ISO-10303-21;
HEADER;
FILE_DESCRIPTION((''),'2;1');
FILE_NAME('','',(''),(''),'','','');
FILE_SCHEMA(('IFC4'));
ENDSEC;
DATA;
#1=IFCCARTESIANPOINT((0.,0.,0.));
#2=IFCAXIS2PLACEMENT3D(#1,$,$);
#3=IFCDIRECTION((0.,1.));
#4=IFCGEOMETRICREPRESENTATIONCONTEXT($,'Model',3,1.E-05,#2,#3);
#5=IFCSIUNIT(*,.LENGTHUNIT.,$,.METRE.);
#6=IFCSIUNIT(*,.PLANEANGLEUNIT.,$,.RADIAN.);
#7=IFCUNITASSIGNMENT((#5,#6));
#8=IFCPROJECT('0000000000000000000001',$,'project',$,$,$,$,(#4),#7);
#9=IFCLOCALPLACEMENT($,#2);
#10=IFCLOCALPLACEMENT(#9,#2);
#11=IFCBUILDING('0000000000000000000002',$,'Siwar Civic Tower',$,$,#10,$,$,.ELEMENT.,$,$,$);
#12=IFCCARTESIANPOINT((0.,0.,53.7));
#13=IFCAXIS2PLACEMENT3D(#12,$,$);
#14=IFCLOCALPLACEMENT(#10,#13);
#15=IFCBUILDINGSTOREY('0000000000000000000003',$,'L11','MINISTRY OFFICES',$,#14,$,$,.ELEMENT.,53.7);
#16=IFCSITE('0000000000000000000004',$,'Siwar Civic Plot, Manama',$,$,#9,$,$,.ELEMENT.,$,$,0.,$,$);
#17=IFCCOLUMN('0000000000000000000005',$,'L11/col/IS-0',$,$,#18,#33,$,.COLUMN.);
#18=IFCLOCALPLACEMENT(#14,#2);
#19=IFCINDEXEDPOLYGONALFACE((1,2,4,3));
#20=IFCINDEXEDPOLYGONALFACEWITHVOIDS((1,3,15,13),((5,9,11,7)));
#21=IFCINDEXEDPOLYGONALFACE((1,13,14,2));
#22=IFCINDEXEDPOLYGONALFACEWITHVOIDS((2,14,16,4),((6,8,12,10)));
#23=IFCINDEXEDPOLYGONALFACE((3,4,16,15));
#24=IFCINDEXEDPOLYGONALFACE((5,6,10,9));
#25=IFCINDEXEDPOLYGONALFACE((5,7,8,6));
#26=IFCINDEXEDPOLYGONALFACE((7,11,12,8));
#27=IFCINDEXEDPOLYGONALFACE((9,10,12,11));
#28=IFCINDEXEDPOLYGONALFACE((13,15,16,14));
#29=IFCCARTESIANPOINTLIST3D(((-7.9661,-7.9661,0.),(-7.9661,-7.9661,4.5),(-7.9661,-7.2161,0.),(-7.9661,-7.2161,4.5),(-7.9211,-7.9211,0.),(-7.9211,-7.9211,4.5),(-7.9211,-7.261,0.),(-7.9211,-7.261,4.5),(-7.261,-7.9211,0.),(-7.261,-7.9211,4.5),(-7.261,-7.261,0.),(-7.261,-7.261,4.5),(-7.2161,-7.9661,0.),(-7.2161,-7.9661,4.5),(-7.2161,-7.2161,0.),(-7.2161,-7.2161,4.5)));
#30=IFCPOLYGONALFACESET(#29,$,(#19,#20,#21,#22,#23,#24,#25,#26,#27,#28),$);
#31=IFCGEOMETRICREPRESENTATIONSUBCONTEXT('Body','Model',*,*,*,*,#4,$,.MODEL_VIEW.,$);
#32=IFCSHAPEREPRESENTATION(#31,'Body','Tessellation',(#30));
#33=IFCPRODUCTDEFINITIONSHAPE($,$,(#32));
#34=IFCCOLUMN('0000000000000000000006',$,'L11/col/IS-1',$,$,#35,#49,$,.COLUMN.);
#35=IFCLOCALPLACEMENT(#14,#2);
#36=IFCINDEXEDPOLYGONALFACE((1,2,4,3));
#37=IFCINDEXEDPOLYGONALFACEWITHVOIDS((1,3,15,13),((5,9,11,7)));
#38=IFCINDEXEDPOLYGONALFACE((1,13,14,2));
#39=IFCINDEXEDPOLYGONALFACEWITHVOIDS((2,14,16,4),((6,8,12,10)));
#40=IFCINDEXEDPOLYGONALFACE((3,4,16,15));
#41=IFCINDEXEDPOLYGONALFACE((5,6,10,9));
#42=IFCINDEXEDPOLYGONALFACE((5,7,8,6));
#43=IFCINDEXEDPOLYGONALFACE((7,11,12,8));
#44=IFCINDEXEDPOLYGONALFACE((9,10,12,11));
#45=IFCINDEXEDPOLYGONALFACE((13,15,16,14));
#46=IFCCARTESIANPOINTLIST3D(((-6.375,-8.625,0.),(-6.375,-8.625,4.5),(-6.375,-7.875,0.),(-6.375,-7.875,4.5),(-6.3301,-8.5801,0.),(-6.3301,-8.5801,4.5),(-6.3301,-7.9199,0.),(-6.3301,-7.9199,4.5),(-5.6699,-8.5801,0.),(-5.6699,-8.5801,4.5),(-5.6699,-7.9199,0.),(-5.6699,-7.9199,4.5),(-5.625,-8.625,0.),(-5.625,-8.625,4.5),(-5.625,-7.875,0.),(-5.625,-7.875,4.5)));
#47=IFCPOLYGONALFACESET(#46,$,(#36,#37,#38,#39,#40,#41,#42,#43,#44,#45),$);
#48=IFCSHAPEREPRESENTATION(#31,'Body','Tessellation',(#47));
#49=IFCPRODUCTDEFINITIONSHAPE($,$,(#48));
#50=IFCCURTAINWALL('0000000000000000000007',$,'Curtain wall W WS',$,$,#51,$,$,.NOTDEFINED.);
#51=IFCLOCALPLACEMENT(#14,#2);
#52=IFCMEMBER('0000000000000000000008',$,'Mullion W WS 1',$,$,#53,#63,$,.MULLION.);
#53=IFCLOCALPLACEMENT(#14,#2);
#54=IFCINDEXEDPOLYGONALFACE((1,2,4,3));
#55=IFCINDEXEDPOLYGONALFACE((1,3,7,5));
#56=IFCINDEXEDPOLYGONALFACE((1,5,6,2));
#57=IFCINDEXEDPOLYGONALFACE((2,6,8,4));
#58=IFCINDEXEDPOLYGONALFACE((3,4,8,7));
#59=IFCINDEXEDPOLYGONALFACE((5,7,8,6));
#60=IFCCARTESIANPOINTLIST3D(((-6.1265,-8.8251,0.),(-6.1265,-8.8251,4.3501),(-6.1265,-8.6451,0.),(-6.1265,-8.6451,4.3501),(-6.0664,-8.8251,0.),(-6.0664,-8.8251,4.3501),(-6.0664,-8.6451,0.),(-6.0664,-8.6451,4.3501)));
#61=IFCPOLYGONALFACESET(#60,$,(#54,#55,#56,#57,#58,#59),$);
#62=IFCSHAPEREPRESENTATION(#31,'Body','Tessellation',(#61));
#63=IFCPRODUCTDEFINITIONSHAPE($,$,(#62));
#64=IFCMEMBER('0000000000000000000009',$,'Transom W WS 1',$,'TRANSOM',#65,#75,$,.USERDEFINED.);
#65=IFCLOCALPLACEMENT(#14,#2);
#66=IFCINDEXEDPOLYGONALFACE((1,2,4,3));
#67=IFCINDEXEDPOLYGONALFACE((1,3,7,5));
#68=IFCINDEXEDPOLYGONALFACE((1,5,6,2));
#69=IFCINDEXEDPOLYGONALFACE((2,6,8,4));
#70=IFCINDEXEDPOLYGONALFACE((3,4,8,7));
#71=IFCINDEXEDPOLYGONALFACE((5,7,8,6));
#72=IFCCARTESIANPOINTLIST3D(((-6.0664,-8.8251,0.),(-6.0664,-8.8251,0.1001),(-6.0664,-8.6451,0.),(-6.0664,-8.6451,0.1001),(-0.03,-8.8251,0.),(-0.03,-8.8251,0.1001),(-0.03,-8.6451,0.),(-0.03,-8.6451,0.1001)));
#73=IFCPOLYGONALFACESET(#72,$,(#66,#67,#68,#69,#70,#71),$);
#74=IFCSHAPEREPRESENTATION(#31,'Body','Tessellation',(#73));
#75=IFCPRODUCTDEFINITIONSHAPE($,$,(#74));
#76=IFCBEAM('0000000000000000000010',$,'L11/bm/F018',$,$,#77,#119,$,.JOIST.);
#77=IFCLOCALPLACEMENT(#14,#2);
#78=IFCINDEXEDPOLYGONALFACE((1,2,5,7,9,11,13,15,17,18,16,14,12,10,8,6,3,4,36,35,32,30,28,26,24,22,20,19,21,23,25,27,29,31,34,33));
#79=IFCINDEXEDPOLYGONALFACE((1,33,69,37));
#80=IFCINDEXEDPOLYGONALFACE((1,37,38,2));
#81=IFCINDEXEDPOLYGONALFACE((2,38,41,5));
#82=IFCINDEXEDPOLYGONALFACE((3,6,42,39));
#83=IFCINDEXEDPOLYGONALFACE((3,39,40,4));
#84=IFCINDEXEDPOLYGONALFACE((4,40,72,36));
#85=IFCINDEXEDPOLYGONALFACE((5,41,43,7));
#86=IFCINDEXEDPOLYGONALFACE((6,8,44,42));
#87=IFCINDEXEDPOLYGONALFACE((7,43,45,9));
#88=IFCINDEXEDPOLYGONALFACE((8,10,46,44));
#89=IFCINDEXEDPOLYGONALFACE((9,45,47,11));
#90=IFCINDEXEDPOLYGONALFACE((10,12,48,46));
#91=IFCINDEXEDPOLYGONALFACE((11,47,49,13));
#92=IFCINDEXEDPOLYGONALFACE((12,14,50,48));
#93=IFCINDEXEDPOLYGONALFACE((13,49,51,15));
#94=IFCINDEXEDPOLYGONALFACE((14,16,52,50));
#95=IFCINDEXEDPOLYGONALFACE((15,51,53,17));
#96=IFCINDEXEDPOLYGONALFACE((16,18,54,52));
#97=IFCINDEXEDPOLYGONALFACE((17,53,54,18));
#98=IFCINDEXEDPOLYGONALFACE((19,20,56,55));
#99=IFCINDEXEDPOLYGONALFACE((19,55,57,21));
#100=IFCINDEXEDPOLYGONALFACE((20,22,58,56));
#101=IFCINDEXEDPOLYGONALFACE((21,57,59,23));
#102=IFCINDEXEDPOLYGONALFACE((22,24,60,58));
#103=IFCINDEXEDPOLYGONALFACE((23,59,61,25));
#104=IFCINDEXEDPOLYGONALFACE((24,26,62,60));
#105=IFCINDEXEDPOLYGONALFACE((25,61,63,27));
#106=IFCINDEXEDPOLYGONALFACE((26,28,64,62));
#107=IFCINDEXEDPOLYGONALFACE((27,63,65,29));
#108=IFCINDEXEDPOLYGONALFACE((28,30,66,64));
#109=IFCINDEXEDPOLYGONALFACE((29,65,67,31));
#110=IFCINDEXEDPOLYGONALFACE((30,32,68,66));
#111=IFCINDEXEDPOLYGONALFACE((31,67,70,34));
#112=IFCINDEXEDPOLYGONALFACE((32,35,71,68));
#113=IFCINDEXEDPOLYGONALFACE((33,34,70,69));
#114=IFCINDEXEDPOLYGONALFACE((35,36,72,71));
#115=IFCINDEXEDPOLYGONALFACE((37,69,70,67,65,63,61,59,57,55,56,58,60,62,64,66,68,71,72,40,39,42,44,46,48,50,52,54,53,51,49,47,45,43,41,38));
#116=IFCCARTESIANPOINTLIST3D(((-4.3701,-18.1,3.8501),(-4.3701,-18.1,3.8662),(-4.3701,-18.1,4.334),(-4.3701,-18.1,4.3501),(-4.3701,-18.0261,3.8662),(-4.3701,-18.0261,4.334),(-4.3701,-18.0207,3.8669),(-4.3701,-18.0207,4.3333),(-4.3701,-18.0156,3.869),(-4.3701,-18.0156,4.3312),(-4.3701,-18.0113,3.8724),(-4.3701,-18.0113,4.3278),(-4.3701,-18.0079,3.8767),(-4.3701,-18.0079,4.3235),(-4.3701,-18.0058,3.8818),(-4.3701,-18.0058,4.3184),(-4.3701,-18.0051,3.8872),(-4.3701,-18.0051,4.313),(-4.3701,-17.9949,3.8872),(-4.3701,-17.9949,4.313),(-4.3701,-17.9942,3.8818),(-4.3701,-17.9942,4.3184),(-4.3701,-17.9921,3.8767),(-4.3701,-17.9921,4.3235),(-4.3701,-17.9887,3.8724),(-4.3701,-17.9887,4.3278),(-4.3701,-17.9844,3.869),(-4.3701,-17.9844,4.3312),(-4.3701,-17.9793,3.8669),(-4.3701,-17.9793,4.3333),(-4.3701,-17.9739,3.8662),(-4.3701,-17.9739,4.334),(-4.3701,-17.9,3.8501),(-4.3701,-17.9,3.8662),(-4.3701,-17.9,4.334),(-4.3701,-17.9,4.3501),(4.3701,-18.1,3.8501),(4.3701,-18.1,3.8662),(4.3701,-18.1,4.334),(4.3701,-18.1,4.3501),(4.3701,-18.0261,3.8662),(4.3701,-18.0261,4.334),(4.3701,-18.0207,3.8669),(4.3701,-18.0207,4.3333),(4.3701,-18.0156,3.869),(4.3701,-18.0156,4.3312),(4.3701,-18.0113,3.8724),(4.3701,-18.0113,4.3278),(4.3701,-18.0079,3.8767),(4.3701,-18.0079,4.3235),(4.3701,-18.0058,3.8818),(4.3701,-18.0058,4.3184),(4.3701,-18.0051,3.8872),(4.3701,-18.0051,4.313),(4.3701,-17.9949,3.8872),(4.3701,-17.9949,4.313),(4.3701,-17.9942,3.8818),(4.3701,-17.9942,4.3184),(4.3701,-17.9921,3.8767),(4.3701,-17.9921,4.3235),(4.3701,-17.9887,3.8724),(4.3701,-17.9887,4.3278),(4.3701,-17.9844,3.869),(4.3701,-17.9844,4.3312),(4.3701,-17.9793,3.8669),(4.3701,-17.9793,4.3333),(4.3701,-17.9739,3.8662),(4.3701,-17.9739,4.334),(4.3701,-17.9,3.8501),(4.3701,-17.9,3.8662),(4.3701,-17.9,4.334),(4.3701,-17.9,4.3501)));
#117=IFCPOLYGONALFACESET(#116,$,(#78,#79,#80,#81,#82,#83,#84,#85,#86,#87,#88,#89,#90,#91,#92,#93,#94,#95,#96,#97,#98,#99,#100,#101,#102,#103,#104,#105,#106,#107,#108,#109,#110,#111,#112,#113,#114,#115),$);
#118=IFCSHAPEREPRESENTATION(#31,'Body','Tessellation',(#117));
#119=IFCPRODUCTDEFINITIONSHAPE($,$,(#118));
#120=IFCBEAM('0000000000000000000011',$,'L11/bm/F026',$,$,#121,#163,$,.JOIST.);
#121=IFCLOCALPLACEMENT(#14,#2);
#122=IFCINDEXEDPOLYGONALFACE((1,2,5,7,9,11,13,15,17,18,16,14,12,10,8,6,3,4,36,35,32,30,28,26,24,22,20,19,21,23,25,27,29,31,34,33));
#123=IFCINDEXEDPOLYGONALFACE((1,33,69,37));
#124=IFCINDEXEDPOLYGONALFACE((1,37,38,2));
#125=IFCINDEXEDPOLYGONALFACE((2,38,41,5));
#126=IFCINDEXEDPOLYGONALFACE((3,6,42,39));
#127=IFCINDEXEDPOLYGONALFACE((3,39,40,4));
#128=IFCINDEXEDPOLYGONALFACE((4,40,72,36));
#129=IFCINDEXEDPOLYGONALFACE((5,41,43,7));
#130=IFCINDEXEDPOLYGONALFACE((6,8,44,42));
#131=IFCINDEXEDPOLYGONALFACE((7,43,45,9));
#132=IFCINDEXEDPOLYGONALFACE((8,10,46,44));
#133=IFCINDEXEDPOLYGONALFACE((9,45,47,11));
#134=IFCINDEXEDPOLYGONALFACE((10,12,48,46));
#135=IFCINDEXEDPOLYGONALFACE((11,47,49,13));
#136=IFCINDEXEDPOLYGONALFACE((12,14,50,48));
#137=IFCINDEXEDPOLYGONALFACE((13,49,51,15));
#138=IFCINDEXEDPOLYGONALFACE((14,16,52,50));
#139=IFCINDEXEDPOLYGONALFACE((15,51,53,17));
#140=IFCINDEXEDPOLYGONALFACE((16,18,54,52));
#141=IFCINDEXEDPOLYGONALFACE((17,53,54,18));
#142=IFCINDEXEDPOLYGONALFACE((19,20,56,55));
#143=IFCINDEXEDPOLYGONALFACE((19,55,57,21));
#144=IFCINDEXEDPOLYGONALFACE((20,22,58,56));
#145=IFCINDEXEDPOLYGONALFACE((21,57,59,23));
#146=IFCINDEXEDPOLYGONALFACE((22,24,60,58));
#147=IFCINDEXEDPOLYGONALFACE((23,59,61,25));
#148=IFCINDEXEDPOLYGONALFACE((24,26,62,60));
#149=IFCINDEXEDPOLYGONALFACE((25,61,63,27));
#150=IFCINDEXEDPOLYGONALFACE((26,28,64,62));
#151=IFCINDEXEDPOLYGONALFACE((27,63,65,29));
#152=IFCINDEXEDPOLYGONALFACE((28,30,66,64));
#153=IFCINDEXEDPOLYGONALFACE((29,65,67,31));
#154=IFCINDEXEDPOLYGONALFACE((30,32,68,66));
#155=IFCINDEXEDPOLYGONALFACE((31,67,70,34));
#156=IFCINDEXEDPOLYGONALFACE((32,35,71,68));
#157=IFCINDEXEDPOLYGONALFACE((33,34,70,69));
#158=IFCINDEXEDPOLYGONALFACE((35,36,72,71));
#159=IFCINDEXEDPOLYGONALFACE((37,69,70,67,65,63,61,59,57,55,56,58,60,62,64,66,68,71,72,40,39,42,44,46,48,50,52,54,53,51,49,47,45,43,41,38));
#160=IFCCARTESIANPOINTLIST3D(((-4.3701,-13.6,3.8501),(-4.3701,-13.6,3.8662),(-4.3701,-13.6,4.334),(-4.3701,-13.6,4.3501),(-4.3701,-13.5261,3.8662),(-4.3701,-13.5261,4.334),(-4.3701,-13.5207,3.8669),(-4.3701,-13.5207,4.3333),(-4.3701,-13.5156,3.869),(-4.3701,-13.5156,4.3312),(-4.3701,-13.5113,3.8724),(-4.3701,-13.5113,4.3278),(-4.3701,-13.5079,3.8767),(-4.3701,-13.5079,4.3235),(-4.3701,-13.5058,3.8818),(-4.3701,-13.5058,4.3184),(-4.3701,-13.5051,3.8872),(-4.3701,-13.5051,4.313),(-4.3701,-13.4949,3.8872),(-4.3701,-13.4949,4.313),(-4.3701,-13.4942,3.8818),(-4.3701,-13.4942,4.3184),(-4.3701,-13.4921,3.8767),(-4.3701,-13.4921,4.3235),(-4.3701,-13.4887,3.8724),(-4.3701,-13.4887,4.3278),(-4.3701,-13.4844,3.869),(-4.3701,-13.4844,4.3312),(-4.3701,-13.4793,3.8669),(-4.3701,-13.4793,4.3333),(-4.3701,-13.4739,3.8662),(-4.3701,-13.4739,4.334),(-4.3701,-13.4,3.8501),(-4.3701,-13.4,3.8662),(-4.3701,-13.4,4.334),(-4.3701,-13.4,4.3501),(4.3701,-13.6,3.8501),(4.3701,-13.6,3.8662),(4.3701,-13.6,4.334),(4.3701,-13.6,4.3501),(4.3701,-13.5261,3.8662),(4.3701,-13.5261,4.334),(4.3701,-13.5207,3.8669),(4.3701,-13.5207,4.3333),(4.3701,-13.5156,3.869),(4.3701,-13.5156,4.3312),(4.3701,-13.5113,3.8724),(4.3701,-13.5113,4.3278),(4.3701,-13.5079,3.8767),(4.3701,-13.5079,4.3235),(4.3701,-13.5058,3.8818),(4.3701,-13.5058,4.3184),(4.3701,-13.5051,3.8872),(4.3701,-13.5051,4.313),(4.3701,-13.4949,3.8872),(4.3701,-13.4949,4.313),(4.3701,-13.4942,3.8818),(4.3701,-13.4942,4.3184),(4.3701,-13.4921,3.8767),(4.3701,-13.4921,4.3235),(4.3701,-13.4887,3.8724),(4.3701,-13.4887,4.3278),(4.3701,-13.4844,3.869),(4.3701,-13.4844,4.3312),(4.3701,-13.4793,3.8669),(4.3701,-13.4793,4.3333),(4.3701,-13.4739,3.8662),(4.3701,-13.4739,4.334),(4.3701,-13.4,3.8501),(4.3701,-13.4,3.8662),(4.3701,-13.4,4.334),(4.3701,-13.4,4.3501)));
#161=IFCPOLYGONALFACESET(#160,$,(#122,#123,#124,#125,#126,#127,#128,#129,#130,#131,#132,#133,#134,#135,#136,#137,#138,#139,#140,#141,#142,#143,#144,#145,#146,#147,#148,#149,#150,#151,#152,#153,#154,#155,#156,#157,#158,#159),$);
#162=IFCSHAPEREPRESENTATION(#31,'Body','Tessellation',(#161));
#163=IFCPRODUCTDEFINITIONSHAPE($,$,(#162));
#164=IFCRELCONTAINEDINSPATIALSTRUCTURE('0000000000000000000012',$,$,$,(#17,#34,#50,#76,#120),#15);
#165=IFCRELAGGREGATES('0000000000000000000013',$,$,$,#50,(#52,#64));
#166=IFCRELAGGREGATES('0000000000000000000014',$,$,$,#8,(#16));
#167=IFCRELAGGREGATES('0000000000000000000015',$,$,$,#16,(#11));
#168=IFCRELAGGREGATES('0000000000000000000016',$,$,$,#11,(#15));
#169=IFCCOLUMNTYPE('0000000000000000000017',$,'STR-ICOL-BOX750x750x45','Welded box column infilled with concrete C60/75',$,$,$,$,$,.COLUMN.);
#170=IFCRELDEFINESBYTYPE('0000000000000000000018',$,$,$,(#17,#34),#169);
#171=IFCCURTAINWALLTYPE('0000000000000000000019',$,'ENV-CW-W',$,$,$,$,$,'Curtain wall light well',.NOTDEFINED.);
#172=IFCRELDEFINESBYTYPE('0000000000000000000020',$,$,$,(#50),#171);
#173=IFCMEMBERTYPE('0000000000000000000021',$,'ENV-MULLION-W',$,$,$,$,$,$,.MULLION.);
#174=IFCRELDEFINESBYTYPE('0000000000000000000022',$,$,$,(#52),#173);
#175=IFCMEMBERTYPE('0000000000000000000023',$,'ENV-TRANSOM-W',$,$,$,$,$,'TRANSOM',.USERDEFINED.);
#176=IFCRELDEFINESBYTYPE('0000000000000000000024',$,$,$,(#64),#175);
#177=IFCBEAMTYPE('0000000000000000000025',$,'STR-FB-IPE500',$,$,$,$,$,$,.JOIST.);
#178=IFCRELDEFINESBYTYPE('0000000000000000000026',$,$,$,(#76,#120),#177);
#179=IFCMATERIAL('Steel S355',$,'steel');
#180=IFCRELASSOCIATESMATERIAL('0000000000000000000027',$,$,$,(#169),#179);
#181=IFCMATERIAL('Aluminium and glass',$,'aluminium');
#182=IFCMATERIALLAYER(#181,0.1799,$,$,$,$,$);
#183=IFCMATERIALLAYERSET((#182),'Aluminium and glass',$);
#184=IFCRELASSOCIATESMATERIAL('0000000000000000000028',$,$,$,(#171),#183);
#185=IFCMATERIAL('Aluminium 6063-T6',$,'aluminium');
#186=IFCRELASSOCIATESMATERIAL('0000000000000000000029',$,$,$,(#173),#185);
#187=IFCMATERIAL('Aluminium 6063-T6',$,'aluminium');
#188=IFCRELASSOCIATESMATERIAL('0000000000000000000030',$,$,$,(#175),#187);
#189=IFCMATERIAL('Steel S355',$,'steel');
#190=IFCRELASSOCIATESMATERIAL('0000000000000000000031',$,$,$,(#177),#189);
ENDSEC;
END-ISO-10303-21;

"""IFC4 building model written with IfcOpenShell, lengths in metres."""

from ifc_helpers import new_model, si_unit, direction, frame, origin, origin_2d, place, context, subcontext, project, spatial, rectangle, hollow_rectangle, i_section, extrude, material, layer, layer_set, material_profile, profile_set, type_object, element, aggregate, save


model = new_model("IFC4")

# Units and contexts
model_context = context("Model", 3, precision=1e-05, world=origin(), true_north=direction((0.0, 1.0)))
body_context = subcontext(model_context, "Body", "Model", "MODEL_VIEW")
ifc_project = project(units=[si_unit("LENGTHUNIT", "METRE"), si_unit("PLANEANGLEUNIT", "RADIAN")], contexts=[model_context])

# Site, building, storey
site_placement = place(None, origin())
site = spatial("IfcSite", under=ifc_project, at=site_placement, Name="Siwar Civic Plot, Manama", CompositionType="ELEMENT", RefElevation=0.0)
building_placement = place(site_placement, origin())
building = spatial("IfcBuilding", under=site, at=building_placement, Name="Siwar Civic Tower", CompositionType="ELEMENT")
storey_placement = place(building_placement, frame((0.0, 0.0, 53.7)))
storey = spatial("IfcBuildingStorey", under=building, at=storey_placement, Name="L11", Description="MINISTRY OFFICES", CompositionType="ELEMENT", Elevation=53.7)

# Columns
ifc_material_1 = material(Name="Steel S355", Category="steel")
ifc_material_profile_1 = material_profile(ifc_material_1, hollow_rectangle(XDim=0.75, YDim=0.75, WallThickness=0.0449, at=origin_2d()), Name="BOX750x750x45")
ifc_profile_set_1 = profile_set([ifc_material_profile_1], Name="Steel S355")
column_type = type_object("IfcColumnType", Name="STR-ICOL-BOX750x750x45", Description="Welded box column infilled with concrete C60/75", PredefinedType="COLUMN", material=ifc_profile_set_1)
for number, where, z_axis, x_axis, name in (
    (1, (-7.5911, -7.5911, 0.0), (0.0, 0.0, 1.0), (1.0, 0.0, 0.0), "L11/col/IS-0"),
    (2, (-6.0, -8.25, 0.0), (0.0, 0.0, 1.0), (1.0, 0.0, 0.0), "L11/col/IS-1"),
):
    element("IfcColumn", number, at=place(storey_placement, frame(where, z_axis=z_axis, x_axis=x_axis)), inside=storey, type_object=column_type, Name=name, PredefinedType="COLUMN", context=body_context, shape_type="SweptSolid", body=[
        extrude(hollow_rectangle(XDim=0.75, YDim=0.75, WallThickness=0.0449, at=origin_2d()), origin(), (0.0, 0.0, 1.0), 4.5),
    ])

# Curtain wall, members
ifc_material_2 = material(Name="Aluminium and glass", Category="aluminium")
ifc_layer_1 = layer(ifc_material_2, 0.1799)
ifc_layer_set_1 = layer_set([ifc_layer_1], Name="Aluminium and glass")
curtain_wall_type = type_object("IfcCurtainWallType", Name="ENV-CW-W", ElementType="Curtain wall light well", PredefinedType="NOTDEFINED", material=ifc_layer_set_1)
curtain_wall_placement = place(storey_placement, origin())
curtain_wall = element("IfcCurtainWall", 3, at=curtain_wall_placement, inside=storey, type_object=curtain_wall_type, Name="Curtain wall W WS", PredefinedType="NOTDEFINED")
ifc_material_3 = material(Name="Aluminium 6063-T6", Category="aluminium")
ifc_material_profile_2 = material_profile(ifc_material_3, rectangle(XDim=0.1799, YDim=0.0601, at=origin_2d()), Name="AL 180x60")
ifc_profile_set_2 = profile_set([ifc_material_profile_2], Name="Aluminium 6063-T6")
member_type_1 = type_object("IfcMemberType", Name="ENV-MULLION-W", PredefinedType="MULLION", material=ifc_profile_set_2)
member_1_placement = place(storey_placement, frame((-6.0964, -8.7351, 0.0), z_axis=(0.0, 0.0, 1.0), x_axis=(0.0, 1.0, 0.0)))
member_1 = element("IfcMember", 4, at=member_1_placement, type_object=member_type_1, Name="Mullion W WS 1", PredefinedType="MULLION", context=body_context, shape_type="SweptSolid", body=[
    extrude(rectangle(XDim=0.1799, YDim=0.0601, at=origin_2d()), origin(), (0.0, 0.0, 1.0), 4.3501),
])
ifc_material_4 = material(Name="Aluminium 6063-T6", Category="aluminium")
ifc_material_profile_3 = material_profile(ifc_material_4, rectangle(XDim=0.1799, YDim=0.1001, at=origin_2d()), Name="AL 180x100")
ifc_profile_set_3 = profile_set([ifc_material_profile_3], Name="Aluminium 6063-T6")
member_type_2 = type_object("IfcMemberType", Name="ENV-TRANSOM-W", ElementType="TRANSOM", PredefinedType="USERDEFINED", material=ifc_profile_set_3)
member_2_placement = place(storey_placement, frame((-6.0664, -8.7351, 0.05), z_axis=(1.0, 0.0, 0.0), x_axis=(0.0, 1.0, 0.0)))
member_2 = element("IfcMember", 5, at=member_2_placement, type_object=member_type_2, Name="Transom W WS 1", ObjectType="TRANSOM", PredefinedType="USERDEFINED", context=body_context, shape_type="SweptSolid", body=[
    extrude(rectangle(XDim=0.1799, YDim=0.1001, at=origin_2d()), origin(), (0.0, 0.0, 1.0), 6.0364),
])

# Beams
ifc_material_5 = material(Name="Steel S355", Category="steel")
ifc_material_profile_4 = material_profile(ifc_material_5, i_section(OverallWidth=0.2, OverallDepth=0.5, WebThickness=0.0103, FlangeThickness=0.0161, FilletRadius=0.021, at=origin_2d()), Name="IPE500")
ifc_profile_set_4 = profile_set([ifc_material_profile_4], Name="Steel S355")
beam_type_1 = type_object("IfcBeamType", Name="STR-FB-IPE500", PredefinedType="JOIST", material=ifc_profile_set_4)
for number, where, z_axis, x_axis, name in (
    (6, (-4.3701, -18.0, 4.1001), (1.0, 0.0, 0.0), (0.0, 1.0, 0.0), "L11/bm/F018"),
    (7, (-4.3701, -13.5, 4.1001), (1.0, 0.0, 0.0), (0.0, 1.0, 0.0), "L11/bm/F026"),
):
    element("IfcBeam", number, at=place(storey_placement, frame(where, z_axis=z_axis, x_axis=x_axis)), inside=storey, type_object=beam_type_1, Name=name, PredefinedType="JOIST", context=body_context, shape_type="SweptSolid", body=[
        extrude(i_section(OverallWidth=0.2, OverallDepth=0.5, WebThickness=0.0103, FlangeThickness=0.0161, FilletRadius=0.021, at=origin_2d()), origin(), (0.0, 0.0, 1.0), 8.7402),
    ])

aggregate(curtain_wall, [member_1, member_2])

save(model, "model.ifc")
